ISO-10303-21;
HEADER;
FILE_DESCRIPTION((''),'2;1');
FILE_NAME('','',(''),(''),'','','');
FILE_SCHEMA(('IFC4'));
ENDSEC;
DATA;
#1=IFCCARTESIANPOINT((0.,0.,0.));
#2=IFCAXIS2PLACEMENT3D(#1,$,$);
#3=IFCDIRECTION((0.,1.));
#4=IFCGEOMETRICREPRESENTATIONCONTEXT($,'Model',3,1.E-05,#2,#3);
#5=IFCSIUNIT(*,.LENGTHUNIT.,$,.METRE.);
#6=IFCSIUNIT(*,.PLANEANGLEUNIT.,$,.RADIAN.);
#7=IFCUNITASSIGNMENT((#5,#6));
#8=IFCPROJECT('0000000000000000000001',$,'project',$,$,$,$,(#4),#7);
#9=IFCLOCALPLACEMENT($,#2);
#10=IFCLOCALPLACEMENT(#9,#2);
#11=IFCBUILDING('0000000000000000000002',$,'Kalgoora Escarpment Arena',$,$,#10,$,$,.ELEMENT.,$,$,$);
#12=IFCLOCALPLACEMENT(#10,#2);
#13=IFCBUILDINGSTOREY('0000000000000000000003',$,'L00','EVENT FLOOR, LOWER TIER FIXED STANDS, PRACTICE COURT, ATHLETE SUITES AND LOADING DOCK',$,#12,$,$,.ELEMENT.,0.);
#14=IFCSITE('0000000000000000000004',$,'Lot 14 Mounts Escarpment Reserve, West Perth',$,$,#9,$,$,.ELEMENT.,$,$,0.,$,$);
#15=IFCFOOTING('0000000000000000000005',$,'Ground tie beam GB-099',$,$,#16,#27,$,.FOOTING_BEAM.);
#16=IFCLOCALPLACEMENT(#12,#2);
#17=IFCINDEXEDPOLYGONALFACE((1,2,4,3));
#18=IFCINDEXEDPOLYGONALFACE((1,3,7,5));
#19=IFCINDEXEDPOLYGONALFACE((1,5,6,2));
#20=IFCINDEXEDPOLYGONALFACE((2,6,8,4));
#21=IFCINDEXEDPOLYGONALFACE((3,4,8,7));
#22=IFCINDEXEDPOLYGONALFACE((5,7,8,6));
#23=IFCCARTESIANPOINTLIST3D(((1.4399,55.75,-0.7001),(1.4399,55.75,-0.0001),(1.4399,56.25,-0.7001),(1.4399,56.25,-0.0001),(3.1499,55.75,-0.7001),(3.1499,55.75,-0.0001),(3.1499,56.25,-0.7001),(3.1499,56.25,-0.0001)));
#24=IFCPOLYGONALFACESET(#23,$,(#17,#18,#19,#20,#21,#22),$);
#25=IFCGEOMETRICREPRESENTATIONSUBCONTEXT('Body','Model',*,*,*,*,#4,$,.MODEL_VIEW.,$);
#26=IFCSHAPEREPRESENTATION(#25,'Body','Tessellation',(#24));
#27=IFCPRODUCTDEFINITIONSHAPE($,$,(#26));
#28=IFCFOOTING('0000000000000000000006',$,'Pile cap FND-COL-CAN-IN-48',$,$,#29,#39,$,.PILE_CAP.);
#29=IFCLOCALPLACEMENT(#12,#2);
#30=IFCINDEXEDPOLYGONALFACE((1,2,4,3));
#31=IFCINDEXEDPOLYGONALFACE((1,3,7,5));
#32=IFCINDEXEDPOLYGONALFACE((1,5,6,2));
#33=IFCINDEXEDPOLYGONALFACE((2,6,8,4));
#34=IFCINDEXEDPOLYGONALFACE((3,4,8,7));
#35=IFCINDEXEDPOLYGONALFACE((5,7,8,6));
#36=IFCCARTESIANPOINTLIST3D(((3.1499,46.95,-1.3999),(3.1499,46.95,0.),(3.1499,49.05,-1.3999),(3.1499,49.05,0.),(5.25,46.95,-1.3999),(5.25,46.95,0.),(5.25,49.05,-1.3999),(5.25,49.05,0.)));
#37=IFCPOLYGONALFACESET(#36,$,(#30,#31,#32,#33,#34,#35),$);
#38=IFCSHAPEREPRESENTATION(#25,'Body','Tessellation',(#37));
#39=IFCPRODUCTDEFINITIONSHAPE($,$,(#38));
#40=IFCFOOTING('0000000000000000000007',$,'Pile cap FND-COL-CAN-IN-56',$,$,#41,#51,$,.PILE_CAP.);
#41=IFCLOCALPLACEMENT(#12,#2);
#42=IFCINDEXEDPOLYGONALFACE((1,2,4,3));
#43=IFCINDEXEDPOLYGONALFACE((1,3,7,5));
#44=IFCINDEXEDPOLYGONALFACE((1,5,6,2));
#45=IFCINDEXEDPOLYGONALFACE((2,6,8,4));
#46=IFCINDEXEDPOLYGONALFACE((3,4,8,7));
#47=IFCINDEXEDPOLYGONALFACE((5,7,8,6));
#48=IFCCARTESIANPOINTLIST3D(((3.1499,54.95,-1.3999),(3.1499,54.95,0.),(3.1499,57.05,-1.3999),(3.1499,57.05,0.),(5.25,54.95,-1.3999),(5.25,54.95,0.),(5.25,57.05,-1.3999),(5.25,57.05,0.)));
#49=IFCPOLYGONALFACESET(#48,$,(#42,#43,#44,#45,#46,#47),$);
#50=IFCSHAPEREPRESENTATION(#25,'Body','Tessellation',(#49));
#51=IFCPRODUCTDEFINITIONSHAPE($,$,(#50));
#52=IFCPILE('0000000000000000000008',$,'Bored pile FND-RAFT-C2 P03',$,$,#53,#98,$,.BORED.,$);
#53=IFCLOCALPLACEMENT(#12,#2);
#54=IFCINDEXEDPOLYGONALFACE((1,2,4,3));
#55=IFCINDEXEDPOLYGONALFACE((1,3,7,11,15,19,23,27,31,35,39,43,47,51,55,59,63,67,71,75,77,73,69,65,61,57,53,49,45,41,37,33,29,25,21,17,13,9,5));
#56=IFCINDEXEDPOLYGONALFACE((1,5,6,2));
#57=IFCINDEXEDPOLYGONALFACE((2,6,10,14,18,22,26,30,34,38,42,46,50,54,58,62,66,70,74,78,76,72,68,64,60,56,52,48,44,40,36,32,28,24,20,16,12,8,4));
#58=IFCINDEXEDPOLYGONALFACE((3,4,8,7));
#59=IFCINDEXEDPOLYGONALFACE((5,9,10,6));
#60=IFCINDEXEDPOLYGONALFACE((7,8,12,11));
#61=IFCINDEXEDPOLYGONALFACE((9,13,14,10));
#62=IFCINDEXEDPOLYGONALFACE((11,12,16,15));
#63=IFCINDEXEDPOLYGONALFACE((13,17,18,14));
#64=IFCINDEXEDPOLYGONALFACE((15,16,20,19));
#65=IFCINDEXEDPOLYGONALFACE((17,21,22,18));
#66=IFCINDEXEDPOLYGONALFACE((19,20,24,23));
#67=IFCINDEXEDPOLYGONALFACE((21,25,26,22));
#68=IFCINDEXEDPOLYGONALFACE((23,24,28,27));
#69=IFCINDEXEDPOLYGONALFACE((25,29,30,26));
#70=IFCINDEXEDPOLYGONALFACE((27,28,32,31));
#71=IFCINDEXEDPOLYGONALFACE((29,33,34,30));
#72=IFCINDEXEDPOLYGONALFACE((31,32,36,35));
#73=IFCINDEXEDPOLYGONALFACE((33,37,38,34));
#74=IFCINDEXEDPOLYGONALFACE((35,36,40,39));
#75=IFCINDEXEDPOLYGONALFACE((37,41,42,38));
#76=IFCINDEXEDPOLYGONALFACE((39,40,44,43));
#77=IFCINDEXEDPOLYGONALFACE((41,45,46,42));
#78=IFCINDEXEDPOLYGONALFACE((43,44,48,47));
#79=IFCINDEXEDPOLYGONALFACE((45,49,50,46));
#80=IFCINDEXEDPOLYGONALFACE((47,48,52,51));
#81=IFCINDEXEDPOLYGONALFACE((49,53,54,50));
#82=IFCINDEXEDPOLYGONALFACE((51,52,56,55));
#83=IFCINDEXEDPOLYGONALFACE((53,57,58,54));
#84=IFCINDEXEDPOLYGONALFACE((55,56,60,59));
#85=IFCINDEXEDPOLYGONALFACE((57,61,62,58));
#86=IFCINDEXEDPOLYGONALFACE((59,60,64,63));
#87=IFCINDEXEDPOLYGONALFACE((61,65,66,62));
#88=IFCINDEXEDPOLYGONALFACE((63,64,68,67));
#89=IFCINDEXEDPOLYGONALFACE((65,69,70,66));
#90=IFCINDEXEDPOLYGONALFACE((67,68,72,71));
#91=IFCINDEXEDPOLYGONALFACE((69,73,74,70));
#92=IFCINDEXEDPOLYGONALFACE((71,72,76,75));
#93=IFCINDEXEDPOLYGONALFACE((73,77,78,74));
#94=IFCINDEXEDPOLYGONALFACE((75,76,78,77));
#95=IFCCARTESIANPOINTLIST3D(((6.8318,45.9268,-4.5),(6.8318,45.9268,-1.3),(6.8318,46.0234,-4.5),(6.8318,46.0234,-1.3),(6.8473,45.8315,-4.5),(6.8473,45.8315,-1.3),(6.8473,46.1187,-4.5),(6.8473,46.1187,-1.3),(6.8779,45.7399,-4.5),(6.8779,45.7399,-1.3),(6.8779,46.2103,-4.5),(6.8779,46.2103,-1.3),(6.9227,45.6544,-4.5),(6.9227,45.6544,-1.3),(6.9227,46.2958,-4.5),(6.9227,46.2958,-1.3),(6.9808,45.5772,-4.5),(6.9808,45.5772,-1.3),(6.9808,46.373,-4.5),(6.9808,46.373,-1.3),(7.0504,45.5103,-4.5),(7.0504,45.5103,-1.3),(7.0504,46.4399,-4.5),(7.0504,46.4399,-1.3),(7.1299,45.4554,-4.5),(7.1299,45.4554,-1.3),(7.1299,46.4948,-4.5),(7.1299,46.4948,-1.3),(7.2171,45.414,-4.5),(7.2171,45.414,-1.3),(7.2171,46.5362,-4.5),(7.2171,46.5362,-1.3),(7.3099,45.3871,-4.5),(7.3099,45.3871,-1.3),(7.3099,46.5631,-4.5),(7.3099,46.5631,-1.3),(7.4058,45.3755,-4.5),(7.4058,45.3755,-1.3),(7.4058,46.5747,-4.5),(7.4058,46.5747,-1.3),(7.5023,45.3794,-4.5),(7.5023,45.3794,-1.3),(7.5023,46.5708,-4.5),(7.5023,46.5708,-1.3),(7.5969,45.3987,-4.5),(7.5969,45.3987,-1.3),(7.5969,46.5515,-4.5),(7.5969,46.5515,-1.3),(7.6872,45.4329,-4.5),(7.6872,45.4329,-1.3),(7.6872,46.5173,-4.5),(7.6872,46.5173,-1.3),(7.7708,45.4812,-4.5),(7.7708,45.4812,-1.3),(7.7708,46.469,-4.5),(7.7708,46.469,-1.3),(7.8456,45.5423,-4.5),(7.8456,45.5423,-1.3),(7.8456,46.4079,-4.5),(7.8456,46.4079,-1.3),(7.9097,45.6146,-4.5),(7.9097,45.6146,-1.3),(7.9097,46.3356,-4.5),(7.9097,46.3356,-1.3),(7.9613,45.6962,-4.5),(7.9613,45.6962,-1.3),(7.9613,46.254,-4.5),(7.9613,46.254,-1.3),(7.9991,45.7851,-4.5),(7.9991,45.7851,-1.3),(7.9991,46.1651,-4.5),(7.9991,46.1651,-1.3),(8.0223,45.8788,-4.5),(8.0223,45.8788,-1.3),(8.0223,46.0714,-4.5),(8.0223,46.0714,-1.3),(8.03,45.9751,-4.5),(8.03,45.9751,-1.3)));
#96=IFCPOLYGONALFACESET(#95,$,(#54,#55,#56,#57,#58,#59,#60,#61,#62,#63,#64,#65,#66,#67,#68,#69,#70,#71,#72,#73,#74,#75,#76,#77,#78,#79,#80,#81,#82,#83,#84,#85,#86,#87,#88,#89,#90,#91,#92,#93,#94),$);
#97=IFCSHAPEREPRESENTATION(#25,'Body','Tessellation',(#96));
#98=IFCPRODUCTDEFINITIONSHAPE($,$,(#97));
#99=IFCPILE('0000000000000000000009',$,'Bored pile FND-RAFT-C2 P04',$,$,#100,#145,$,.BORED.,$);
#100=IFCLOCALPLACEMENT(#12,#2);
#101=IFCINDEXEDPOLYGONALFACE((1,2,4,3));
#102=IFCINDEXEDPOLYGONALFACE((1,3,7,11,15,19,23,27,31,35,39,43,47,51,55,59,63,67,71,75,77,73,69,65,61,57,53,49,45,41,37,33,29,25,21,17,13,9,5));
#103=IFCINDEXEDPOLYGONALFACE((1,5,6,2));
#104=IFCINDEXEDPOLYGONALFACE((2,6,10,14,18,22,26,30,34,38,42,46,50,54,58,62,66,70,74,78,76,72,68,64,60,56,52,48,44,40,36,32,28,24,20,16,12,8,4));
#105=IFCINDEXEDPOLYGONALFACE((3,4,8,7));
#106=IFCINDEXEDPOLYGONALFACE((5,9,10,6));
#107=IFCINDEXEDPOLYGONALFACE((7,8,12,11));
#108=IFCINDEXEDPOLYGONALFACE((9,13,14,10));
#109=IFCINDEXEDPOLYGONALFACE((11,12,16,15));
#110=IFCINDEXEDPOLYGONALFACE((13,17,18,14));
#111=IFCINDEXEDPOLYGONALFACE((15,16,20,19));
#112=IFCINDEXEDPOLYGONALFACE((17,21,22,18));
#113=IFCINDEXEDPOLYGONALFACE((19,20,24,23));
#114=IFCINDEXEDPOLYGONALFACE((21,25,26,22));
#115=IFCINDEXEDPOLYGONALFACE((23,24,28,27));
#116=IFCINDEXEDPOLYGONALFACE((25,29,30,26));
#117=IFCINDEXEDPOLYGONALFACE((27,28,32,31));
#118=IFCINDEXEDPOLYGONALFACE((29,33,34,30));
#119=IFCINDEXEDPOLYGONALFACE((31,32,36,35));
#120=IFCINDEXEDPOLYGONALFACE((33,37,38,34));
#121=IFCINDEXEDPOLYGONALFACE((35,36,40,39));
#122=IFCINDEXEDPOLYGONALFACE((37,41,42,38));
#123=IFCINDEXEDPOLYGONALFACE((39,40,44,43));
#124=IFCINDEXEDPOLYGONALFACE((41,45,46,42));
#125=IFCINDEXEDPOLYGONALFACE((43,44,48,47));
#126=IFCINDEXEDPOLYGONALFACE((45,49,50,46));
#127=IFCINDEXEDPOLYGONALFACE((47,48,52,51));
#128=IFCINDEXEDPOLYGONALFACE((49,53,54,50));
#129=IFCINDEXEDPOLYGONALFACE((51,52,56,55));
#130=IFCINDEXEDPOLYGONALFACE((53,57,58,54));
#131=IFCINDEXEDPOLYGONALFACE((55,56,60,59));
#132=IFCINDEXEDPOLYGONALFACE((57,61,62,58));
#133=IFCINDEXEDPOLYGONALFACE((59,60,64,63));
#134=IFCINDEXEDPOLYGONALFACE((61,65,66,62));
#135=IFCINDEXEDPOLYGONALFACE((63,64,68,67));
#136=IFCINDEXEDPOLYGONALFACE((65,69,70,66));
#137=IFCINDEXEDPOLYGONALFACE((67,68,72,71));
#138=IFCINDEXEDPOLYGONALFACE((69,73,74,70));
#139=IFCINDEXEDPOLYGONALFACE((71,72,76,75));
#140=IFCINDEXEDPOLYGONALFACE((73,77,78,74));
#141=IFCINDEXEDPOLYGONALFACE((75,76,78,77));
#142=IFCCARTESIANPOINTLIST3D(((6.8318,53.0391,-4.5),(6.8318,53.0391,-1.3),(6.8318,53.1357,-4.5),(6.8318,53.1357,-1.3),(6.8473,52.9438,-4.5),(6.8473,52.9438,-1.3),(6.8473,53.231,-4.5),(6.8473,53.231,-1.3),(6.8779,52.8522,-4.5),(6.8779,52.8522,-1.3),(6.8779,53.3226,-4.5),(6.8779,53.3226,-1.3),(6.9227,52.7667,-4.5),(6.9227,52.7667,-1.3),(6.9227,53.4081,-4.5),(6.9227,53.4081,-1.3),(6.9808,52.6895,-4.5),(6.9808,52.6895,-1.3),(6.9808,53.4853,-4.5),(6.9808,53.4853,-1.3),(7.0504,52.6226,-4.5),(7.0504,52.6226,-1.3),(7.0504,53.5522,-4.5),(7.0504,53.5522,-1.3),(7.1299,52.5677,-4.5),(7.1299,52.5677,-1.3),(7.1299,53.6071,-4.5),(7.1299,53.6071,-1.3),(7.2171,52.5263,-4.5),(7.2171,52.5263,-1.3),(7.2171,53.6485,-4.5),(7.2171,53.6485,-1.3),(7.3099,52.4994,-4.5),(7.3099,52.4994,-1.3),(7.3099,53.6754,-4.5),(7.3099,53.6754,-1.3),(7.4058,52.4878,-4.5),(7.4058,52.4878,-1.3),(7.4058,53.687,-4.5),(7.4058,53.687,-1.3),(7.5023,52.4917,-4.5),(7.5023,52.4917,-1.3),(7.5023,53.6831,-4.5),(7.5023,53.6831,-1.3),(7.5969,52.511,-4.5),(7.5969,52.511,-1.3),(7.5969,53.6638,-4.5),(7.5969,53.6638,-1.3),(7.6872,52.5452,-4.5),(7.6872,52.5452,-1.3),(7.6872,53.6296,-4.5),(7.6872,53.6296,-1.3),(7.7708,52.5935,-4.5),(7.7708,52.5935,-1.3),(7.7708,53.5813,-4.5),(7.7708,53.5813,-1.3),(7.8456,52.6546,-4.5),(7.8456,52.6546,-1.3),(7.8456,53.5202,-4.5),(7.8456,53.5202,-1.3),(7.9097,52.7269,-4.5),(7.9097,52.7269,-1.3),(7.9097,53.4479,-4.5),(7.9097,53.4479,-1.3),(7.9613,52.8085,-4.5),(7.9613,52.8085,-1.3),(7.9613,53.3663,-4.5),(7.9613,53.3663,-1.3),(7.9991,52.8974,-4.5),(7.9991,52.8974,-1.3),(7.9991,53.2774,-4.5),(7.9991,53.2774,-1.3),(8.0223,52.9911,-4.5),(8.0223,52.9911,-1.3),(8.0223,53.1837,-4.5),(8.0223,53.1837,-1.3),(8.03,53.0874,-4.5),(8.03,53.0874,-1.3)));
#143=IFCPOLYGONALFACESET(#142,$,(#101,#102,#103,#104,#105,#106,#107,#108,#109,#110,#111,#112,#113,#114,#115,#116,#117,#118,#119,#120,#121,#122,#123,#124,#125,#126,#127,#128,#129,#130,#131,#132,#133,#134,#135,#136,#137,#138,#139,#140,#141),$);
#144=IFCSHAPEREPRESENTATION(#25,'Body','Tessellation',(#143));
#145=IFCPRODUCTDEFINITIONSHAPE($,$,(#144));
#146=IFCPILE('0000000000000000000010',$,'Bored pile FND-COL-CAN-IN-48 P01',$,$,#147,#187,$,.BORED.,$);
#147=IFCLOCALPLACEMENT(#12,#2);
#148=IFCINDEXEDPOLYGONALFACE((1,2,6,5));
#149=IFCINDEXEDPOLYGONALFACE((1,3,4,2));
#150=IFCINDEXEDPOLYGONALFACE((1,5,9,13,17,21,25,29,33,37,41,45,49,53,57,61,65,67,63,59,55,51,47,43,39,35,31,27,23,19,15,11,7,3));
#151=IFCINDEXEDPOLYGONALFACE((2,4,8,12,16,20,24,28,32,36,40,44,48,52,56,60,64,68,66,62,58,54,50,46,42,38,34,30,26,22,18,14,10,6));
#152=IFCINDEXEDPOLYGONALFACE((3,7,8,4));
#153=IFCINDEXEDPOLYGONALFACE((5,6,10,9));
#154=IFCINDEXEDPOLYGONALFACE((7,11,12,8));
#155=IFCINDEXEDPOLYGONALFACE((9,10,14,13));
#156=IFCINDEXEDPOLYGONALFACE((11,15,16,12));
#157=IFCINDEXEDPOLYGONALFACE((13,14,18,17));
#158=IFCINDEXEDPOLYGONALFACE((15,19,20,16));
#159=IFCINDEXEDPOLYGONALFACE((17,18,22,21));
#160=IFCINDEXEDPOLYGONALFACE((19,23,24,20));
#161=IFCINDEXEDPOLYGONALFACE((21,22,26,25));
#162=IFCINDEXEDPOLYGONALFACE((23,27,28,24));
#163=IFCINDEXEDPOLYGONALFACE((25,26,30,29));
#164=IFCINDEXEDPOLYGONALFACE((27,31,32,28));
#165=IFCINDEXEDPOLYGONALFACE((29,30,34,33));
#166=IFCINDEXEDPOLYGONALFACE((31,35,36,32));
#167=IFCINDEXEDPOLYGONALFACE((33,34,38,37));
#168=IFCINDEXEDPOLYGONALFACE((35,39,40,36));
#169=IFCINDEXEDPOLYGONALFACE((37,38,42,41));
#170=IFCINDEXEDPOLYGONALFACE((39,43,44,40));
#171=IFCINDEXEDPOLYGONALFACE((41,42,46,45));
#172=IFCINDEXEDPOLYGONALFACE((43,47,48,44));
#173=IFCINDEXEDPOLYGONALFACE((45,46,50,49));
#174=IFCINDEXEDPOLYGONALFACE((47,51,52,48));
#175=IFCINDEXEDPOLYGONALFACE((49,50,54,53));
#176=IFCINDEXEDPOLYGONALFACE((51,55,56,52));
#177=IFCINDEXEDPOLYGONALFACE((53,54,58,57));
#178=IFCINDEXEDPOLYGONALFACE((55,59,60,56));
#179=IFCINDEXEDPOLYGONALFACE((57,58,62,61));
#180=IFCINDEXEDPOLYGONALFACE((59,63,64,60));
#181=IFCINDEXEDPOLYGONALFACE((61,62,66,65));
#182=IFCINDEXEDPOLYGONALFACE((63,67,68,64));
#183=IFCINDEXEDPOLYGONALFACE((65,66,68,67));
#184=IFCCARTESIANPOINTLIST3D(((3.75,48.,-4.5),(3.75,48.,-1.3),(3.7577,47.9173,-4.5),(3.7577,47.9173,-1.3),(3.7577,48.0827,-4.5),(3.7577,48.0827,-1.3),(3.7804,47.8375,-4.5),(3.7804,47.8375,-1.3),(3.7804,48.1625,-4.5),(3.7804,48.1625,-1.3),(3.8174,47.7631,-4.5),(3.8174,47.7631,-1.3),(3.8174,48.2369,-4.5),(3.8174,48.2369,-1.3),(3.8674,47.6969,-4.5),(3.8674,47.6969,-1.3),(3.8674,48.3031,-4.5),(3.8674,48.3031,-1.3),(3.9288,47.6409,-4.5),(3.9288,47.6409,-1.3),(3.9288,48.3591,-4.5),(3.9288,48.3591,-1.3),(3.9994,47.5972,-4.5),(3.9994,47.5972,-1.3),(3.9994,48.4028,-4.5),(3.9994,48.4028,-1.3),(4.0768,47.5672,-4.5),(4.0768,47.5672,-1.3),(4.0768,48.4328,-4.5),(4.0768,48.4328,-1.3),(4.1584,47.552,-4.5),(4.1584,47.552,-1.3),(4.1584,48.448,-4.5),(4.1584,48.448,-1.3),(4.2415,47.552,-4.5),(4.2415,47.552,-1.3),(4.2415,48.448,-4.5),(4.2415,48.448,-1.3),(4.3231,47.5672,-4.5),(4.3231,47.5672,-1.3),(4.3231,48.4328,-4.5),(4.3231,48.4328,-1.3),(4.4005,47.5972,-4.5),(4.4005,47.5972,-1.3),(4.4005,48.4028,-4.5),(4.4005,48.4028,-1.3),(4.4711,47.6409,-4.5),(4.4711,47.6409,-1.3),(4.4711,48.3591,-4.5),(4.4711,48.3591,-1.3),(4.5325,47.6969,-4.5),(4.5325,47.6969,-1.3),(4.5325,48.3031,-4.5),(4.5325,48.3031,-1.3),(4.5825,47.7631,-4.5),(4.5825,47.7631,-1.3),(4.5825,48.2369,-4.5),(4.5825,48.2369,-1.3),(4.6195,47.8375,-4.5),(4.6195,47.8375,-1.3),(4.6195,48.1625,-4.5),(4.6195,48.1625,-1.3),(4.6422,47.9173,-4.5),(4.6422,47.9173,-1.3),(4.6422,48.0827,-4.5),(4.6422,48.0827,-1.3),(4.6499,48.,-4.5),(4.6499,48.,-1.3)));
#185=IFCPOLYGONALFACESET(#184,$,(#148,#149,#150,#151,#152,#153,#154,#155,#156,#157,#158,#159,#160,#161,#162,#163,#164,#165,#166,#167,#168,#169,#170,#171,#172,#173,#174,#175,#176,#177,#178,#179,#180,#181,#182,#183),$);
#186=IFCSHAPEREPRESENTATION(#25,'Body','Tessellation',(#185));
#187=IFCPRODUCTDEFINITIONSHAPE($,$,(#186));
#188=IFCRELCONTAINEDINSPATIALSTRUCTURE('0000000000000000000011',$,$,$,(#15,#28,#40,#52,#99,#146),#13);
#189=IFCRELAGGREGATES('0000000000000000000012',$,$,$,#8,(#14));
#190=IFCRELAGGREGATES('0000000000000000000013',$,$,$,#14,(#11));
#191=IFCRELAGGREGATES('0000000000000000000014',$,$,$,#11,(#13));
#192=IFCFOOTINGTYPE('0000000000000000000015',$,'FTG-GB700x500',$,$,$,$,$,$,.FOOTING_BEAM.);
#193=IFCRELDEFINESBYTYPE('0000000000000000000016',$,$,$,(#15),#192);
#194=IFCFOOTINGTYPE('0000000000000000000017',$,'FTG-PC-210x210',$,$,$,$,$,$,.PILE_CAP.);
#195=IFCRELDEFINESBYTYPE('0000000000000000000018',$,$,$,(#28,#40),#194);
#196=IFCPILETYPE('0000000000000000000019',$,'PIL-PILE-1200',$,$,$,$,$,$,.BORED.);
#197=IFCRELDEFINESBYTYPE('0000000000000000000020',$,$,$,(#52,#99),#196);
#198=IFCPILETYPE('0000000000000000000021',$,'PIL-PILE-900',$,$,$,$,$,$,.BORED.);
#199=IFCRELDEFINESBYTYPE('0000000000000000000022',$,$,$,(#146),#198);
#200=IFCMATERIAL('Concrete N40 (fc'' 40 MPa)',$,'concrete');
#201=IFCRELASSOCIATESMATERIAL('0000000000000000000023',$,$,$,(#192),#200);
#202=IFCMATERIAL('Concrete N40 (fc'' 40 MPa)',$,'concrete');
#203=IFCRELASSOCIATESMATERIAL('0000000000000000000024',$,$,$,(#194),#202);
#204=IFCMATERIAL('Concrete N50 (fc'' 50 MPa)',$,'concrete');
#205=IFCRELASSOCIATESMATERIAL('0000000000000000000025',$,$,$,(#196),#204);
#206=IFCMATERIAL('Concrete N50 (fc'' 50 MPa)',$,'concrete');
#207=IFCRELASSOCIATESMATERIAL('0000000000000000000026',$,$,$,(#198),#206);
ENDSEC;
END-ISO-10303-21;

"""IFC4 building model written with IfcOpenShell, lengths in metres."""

from ifc_helpers import new_model, si_unit, direction, frame, origin, origin_2d, place, context, subcontext, project, spatial, rectangle, circle, extrude, material, material_profile, profile_set, type_object, element, save


model = new_model("IFC4")

# Units and contexts
model_context = context("Model", 3, precision=1e-05, world=origin(), true_north=direction((0.0, 1.0)))
body_context = subcontext(model_context, "Body", "Model", "MODEL_VIEW")
ifc_project = project(units=[si_unit("LENGTHUNIT", "METRE"), si_unit("PLANEANGLEUNIT", "RADIAN")], contexts=[model_context])

# Site, building, storey
site_placement = place(None, origin())
site = spatial("IfcSite", under=ifc_project, at=site_placement, Name="Lot 14 Mounts Escarpment Reserve, West Perth", CompositionType="ELEMENT", RefElevation=0.0)
building_placement = place(site_placement, origin())
building = spatial("IfcBuilding", under=site, at=building_placement, Name="Kalgoora Escarpment Arena", CompositionType="ELEMENT")
storey_placement = place(building_placement, origin())
storey = spatial("IfcBuildingStorey", under=building, at=storey_placement, Name="L00", Description="EVENT FLOOR, LOWER TIER FIXED STANDS, PRACTICE COURT, ATHLETE SUITES AND LOADING DOCK", CompositionType="ELEMENT", Elevation=0.0)

# Footings
ifc_material_1 = material(Name="Concrete N40 (fc' 40 MPa)", Category="concrete")
ifc_material_profile_1 = material_profile(ifc_material_1, rectangle(XDim=0.5, YDim=0.7, at=origin_2d()))
ifc_profile_set_1 = profile_set([ifc_material_profile_1], Name="Concrete N40 (fc' 40 MPa)")
footing_type_1 = type_object("IfcFootingType", Name="FTG-GB700x500", PredefinedType="FOOTING_BEAM", material=ifc_profile_set_1)
footing_placement = place(storey_placement, frame((1.4399, 56.0, -0.3501), z_axis=(1.0, 0.0, 0.0), x_axis=(0.0, 1.0, 0.0)))
element("IfcFooting", 1, at=footing_placement, inside=storey, type_object=footing_type_1, Name="Ground tie beam GB-099", PredefinedType="FOOTING_BEAM", context=body_context, shape_type="SweptSolid", body=[
    extrude(rectangle(XDim=0.5, YDim=0.7, at=origin_2d()), origin(), (0.0, 0.0, 1.0), 1.71),
])
ifc_material_2 = material(Name="Concrete N40 (fc' 40 MPa)", Category="concrete")
footing_type_2 = type_object("IfcFootingType", Name="FTG-PC-210x210", PredefinedType="PILE_CAP", material=ifc_material_2)
for number, where, z_axis, x_axis, name in (
    (2, (4.2, 48.0, -1.3999), (0.0, 0.0, 1.0), (1.0, 0.0, 0.0), "Pile cap FND-COL-CAN-IN-48"),
    (3, (4.2, 56.0, -1.3999), (0.0, 0.0, 1.0), (1.0, 0.0, 0.0), "Pile cap FND-COL-CAN-IN-56"),
):
    element("IfcFooting", number, at=place(storey_placement, frame(where, z_axis=z_axis, x_axis=x_axis)), inside=storey, type_object=footing_type_2, Name=name, PredefinedType="PILE_CAP", context=body_context, shape_type="SweptSolid", body=[
        extrude(rectangle(XDim=2.1001, YDim=2.1001, at=origin_2d()), origin(), (0.0, 0.0, 1.0), 1.3999),
    ])

# Piles
ifc_material_3 = material(Name="Concrete N50 (fc' 50 MPa)", Category="concrete")
ifc_material_profile_2 = material_profile(ifc_material_3, circle(Radius=0.6001, at=origin_2d()))
ifc_profile_set_2 = profile_set([ifc_material_profile_2], Name="Concrete N50 (fc' 50 MPa)")
pile_type_1 = type_object("IfcPileType", Name="PIL-PILE-1200", PredefinedType="BORED", material=ifc_profile_set_2)
for number, where, z_axis, x_axis, name in (
    (4, (7.4299, 45.9751, -1.3), (0.0, 0.0, -1.0), (1.0, 0.0, 0.0), "Bored pile FND-RAFT-C2 P03"),
    (5, (7.4299, 53.0874, -1.3), (0.0, 0.0, -1.0), (1.0, 0.0, 0.0), "Bored pile FND-RAFT-C2 P04"),
):
    element("IfcPile", number, at=place(storey_placement, frame(where, z_axis=z_axis, x_axis=x_axis)), inside=storey, type_object=pile_type_1, Name=name, PredefinedType="BORED", context=body_context, shape_type="SweptSolid", body=[
        extrude(circle(Radius=0.6001, at=origin_2d()), origin(), (0.0, 0.0, 1.0), 3.2),
    ])
ifc_material_4 = material(Name="Concrete N50 (fc' 50 MPa)", Category="concrete")
ifc_material_profile_3 = material_profile(ifc_material_4, circle(Radius=0.45, at=origin_2d()))
ifc_profile_set_3 = profile_set([ifc_material_profile_3], Name="Concrete N50 (fc' 50 MPa)")
pile_type_2 = type_object("IfcPileType", Name="PIL-PILE-900", PredefinedType="BORED", material=ifc_profile_set_3)
for number, where, z_axis, x_axis, name in (
    (6, (4.2, 48.0, -1.3), (0.0, 0.0, -1.0), (1.0, 0.0, 0.0), "Bored pile FND-COL-CAN-IN-48 P01"),
):
    element("IfcPile", number, at=place(storey_placement, frame(where, z_axis=z_axis, x_axis=x_axis)), inside=storey, type_object=pile_type_2, Name=name, PredefinedType="BORED", context=body_context, shape_type="SweptSolid", body=[
        extrude(circle(Radius=0.45, at=origin_2d()), origin(), (0.0, 0.0, 1.0), 3.2),
    ])

save(model, "model.ifc")
